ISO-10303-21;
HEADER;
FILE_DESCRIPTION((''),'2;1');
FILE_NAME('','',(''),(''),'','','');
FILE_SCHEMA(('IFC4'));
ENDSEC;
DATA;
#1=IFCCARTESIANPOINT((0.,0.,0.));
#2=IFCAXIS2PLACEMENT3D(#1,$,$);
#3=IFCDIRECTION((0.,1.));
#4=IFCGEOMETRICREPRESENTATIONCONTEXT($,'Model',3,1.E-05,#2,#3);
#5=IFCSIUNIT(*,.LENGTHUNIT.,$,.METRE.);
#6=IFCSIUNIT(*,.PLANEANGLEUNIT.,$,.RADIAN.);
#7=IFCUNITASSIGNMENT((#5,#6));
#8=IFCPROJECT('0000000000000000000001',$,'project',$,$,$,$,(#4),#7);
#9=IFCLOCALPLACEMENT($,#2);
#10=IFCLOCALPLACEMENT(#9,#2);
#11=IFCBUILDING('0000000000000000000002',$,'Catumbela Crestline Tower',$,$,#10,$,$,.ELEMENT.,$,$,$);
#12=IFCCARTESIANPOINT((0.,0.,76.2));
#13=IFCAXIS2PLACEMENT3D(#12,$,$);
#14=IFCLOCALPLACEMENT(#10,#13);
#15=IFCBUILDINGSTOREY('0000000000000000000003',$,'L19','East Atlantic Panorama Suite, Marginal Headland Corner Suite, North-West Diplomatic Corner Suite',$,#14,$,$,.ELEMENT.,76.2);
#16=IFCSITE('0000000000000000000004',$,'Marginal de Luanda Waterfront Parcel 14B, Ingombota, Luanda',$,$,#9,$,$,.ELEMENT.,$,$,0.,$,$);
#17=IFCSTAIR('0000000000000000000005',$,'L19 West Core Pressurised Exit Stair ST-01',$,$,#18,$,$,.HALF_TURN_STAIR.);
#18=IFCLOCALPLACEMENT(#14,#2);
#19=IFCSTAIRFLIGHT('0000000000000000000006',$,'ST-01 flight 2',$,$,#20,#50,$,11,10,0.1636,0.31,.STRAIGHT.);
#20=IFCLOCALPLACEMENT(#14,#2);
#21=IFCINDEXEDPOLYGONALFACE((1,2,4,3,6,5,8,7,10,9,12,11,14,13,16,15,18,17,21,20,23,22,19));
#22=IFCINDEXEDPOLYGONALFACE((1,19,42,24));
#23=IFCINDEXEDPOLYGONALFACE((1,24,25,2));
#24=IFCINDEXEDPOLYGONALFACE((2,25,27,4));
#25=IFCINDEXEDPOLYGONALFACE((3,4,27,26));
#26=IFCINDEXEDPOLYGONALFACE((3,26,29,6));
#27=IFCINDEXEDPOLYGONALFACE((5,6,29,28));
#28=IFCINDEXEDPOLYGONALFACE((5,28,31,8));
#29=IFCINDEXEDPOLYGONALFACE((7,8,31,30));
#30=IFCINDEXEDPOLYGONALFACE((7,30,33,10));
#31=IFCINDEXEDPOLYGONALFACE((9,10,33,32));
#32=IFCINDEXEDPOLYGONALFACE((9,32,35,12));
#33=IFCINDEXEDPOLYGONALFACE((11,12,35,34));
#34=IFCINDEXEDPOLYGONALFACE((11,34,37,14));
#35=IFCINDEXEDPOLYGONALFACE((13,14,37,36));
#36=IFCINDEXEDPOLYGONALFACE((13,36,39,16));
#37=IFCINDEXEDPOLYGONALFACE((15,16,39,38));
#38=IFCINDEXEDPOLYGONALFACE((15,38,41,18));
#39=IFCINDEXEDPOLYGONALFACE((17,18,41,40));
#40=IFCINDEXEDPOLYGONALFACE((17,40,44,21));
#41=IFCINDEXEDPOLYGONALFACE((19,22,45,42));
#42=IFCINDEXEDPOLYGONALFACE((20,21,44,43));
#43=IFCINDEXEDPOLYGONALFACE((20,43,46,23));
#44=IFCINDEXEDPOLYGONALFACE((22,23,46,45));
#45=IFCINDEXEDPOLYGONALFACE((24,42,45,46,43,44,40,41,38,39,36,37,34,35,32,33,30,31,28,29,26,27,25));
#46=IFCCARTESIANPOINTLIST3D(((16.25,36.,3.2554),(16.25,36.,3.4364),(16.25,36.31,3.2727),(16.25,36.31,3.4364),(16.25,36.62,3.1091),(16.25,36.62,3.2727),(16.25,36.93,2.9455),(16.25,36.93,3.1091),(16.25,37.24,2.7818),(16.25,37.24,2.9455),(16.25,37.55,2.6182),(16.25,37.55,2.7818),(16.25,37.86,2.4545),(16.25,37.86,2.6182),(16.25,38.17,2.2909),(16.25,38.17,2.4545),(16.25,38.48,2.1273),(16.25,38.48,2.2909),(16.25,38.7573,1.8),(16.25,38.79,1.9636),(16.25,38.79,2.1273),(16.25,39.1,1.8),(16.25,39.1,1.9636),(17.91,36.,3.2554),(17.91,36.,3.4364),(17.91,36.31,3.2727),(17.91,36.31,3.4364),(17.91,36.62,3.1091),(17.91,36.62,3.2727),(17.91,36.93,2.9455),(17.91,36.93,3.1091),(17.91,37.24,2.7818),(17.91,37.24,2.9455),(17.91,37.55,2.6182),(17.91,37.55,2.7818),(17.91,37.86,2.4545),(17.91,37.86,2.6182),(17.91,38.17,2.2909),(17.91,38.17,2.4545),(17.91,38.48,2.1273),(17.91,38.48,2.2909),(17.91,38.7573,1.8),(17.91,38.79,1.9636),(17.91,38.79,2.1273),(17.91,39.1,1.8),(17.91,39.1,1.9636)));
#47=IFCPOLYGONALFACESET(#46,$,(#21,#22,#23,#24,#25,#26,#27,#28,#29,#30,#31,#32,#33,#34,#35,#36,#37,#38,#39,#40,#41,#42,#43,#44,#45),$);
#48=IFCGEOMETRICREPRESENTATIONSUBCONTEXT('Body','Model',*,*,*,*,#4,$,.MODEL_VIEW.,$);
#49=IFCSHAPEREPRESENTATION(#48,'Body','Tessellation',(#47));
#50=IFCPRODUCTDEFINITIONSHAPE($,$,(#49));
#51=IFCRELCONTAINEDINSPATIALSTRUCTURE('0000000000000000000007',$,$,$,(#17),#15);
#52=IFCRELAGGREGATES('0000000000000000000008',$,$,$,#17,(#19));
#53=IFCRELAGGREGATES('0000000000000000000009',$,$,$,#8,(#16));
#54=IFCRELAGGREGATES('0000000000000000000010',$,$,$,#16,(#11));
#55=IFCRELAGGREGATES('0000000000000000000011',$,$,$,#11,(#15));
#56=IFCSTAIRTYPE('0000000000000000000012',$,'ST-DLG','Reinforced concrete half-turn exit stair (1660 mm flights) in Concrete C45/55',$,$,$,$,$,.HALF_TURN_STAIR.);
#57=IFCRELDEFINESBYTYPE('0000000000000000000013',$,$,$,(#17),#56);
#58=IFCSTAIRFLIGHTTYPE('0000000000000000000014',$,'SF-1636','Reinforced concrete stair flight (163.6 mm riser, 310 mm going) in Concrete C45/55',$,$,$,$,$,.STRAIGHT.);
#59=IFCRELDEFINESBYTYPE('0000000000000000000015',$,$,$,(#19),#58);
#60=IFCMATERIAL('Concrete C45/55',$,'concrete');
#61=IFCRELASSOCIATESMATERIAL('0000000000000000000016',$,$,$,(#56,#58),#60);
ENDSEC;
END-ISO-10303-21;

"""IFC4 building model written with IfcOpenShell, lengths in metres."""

from ifc_helpers import new_model, si_unit, direction, frame, origin, place, context, subcontext, project, spatial, polyline, outline, extrude, material, type_object, element, aggregate, save


model = new_model("IFC4")

# Units and contexts
model_context = context("Model", 3, precision=1e-05, world=origin(), true_north=direction((0.0, 1.0)))
body_context = subcontext(model_context, "Body", "Model", "MODEL_VIEW")
ifc_project = project(units=[si_unit("LENGTHUNIT", "METRE"), si_unit("PLANEANGLEUNIT", "RADIAN")], contexts=[model_context])

# Site, building, storey
site_placement = place(None, origin())
site = spatial("IfcSite", under=ifc_project, at=site_placement, Name="Marginal de Luanda Waterfront Parcel 14B, Ingombota, Luanda", CompositionType="ELEMENT", RefElevation=0.0)
building_placement = place(site_placement, origin())
building = spatial("IfcBuilding", under=site, at=building_placement, Name="Catumbela Crestline Tower", CompositionType="ELEMENT")
storey_placement = place(building_placement, frame((0.0, 0.0, 76.2)))
storey = spatial("IfcBuildingStorey", under=building, at=storey_placement, Name="L19", Description="East Atlantic Panorama Suite, Marginal Headland Corner Suite, North-West Diplomatic Corner Suite", CompositionType="ELEMENT", Elevation=76.2)

# Stair, stair flight
ifc_material_1 = material(Name="Concrete C45/55", Category="concrete")
stair_type = type_object("IfcStairType", Name="ST-DLG", Description="Reinforced concrete half-turn exit stair (1660 mm flights) in Concrete C45/55", PredefinedType="HALF_TURN_STAIR", material=ifc_material_1)
stair_placement = place(storey_placement, origin())
stair = element("IfcStair", 1, at=stair_placement, inside=storey, type_object=stair_type, Name="L19 West Core Pressurised Exit Stair ST-01", PredefinedType="HALF_TURN_STAIR")
stair_flight_type = type_object("IfcStairFlightType", Name="SF-1636", Description="Reinforced concrete stair flight (163.6 mm riser, 310 mm going) in Concrete C45/55", PredefinedType="STRAIGHT", material=ifc_material_1)
stair_flight_placement = place(storey_placement, frame((17.08, 39.1, 1.8), z_axis=(0.0, 0.0, 1.0), x_axis=(0.0, -1.0, 0.0)))
stair_flight = element("IfcStairFlight", 2, at=stair_flight_placement, type_object=stair_flight_type, Name="ST-01 flight 2", NumberOfRisers=11, NumberOfTreads=10, PredefinedType="STRAIGHT", RiserHeight=0.1636, TreadLength=0.31, context=body_context, shape_type="SweptSolid", body=[
    extrude(outline(polyline([(0.0, 0.0), (0.0, 0.1636), (0.31, 0.1636), (0.31, 0.3273), (0.62, 0.3273), (0.62, 0.4909), (0.93, 0.4909), (0.93, 0.6545), (1.24, 0.6545), (1.24, 0.8182), (1.55, 0.8182), (1.55, 0.9818), (1.86, 0.9818), (1.86, 1.1455), (2.17, 1.1455), (2.17, 1.3091), (2.48, 1.3091), (2.48, 1.4727), (2.79, 1.4727), (2.79, 1.6364), (3.1, 1.6364), (3.1, 1.8), (3.1, 1.4554), (0.3427, 0.0), (0.0, 0.0)])), frame((0.0, 0.83, 0.0), z_axis=(0.0, -1.0, 0.0), x_axis=(1.0, 0.0, 0.0)), (0.0, 0.0, 1.0), 1.66),
])
aggregate(stair, [stair_flight])

save(model, "model.ifc")
